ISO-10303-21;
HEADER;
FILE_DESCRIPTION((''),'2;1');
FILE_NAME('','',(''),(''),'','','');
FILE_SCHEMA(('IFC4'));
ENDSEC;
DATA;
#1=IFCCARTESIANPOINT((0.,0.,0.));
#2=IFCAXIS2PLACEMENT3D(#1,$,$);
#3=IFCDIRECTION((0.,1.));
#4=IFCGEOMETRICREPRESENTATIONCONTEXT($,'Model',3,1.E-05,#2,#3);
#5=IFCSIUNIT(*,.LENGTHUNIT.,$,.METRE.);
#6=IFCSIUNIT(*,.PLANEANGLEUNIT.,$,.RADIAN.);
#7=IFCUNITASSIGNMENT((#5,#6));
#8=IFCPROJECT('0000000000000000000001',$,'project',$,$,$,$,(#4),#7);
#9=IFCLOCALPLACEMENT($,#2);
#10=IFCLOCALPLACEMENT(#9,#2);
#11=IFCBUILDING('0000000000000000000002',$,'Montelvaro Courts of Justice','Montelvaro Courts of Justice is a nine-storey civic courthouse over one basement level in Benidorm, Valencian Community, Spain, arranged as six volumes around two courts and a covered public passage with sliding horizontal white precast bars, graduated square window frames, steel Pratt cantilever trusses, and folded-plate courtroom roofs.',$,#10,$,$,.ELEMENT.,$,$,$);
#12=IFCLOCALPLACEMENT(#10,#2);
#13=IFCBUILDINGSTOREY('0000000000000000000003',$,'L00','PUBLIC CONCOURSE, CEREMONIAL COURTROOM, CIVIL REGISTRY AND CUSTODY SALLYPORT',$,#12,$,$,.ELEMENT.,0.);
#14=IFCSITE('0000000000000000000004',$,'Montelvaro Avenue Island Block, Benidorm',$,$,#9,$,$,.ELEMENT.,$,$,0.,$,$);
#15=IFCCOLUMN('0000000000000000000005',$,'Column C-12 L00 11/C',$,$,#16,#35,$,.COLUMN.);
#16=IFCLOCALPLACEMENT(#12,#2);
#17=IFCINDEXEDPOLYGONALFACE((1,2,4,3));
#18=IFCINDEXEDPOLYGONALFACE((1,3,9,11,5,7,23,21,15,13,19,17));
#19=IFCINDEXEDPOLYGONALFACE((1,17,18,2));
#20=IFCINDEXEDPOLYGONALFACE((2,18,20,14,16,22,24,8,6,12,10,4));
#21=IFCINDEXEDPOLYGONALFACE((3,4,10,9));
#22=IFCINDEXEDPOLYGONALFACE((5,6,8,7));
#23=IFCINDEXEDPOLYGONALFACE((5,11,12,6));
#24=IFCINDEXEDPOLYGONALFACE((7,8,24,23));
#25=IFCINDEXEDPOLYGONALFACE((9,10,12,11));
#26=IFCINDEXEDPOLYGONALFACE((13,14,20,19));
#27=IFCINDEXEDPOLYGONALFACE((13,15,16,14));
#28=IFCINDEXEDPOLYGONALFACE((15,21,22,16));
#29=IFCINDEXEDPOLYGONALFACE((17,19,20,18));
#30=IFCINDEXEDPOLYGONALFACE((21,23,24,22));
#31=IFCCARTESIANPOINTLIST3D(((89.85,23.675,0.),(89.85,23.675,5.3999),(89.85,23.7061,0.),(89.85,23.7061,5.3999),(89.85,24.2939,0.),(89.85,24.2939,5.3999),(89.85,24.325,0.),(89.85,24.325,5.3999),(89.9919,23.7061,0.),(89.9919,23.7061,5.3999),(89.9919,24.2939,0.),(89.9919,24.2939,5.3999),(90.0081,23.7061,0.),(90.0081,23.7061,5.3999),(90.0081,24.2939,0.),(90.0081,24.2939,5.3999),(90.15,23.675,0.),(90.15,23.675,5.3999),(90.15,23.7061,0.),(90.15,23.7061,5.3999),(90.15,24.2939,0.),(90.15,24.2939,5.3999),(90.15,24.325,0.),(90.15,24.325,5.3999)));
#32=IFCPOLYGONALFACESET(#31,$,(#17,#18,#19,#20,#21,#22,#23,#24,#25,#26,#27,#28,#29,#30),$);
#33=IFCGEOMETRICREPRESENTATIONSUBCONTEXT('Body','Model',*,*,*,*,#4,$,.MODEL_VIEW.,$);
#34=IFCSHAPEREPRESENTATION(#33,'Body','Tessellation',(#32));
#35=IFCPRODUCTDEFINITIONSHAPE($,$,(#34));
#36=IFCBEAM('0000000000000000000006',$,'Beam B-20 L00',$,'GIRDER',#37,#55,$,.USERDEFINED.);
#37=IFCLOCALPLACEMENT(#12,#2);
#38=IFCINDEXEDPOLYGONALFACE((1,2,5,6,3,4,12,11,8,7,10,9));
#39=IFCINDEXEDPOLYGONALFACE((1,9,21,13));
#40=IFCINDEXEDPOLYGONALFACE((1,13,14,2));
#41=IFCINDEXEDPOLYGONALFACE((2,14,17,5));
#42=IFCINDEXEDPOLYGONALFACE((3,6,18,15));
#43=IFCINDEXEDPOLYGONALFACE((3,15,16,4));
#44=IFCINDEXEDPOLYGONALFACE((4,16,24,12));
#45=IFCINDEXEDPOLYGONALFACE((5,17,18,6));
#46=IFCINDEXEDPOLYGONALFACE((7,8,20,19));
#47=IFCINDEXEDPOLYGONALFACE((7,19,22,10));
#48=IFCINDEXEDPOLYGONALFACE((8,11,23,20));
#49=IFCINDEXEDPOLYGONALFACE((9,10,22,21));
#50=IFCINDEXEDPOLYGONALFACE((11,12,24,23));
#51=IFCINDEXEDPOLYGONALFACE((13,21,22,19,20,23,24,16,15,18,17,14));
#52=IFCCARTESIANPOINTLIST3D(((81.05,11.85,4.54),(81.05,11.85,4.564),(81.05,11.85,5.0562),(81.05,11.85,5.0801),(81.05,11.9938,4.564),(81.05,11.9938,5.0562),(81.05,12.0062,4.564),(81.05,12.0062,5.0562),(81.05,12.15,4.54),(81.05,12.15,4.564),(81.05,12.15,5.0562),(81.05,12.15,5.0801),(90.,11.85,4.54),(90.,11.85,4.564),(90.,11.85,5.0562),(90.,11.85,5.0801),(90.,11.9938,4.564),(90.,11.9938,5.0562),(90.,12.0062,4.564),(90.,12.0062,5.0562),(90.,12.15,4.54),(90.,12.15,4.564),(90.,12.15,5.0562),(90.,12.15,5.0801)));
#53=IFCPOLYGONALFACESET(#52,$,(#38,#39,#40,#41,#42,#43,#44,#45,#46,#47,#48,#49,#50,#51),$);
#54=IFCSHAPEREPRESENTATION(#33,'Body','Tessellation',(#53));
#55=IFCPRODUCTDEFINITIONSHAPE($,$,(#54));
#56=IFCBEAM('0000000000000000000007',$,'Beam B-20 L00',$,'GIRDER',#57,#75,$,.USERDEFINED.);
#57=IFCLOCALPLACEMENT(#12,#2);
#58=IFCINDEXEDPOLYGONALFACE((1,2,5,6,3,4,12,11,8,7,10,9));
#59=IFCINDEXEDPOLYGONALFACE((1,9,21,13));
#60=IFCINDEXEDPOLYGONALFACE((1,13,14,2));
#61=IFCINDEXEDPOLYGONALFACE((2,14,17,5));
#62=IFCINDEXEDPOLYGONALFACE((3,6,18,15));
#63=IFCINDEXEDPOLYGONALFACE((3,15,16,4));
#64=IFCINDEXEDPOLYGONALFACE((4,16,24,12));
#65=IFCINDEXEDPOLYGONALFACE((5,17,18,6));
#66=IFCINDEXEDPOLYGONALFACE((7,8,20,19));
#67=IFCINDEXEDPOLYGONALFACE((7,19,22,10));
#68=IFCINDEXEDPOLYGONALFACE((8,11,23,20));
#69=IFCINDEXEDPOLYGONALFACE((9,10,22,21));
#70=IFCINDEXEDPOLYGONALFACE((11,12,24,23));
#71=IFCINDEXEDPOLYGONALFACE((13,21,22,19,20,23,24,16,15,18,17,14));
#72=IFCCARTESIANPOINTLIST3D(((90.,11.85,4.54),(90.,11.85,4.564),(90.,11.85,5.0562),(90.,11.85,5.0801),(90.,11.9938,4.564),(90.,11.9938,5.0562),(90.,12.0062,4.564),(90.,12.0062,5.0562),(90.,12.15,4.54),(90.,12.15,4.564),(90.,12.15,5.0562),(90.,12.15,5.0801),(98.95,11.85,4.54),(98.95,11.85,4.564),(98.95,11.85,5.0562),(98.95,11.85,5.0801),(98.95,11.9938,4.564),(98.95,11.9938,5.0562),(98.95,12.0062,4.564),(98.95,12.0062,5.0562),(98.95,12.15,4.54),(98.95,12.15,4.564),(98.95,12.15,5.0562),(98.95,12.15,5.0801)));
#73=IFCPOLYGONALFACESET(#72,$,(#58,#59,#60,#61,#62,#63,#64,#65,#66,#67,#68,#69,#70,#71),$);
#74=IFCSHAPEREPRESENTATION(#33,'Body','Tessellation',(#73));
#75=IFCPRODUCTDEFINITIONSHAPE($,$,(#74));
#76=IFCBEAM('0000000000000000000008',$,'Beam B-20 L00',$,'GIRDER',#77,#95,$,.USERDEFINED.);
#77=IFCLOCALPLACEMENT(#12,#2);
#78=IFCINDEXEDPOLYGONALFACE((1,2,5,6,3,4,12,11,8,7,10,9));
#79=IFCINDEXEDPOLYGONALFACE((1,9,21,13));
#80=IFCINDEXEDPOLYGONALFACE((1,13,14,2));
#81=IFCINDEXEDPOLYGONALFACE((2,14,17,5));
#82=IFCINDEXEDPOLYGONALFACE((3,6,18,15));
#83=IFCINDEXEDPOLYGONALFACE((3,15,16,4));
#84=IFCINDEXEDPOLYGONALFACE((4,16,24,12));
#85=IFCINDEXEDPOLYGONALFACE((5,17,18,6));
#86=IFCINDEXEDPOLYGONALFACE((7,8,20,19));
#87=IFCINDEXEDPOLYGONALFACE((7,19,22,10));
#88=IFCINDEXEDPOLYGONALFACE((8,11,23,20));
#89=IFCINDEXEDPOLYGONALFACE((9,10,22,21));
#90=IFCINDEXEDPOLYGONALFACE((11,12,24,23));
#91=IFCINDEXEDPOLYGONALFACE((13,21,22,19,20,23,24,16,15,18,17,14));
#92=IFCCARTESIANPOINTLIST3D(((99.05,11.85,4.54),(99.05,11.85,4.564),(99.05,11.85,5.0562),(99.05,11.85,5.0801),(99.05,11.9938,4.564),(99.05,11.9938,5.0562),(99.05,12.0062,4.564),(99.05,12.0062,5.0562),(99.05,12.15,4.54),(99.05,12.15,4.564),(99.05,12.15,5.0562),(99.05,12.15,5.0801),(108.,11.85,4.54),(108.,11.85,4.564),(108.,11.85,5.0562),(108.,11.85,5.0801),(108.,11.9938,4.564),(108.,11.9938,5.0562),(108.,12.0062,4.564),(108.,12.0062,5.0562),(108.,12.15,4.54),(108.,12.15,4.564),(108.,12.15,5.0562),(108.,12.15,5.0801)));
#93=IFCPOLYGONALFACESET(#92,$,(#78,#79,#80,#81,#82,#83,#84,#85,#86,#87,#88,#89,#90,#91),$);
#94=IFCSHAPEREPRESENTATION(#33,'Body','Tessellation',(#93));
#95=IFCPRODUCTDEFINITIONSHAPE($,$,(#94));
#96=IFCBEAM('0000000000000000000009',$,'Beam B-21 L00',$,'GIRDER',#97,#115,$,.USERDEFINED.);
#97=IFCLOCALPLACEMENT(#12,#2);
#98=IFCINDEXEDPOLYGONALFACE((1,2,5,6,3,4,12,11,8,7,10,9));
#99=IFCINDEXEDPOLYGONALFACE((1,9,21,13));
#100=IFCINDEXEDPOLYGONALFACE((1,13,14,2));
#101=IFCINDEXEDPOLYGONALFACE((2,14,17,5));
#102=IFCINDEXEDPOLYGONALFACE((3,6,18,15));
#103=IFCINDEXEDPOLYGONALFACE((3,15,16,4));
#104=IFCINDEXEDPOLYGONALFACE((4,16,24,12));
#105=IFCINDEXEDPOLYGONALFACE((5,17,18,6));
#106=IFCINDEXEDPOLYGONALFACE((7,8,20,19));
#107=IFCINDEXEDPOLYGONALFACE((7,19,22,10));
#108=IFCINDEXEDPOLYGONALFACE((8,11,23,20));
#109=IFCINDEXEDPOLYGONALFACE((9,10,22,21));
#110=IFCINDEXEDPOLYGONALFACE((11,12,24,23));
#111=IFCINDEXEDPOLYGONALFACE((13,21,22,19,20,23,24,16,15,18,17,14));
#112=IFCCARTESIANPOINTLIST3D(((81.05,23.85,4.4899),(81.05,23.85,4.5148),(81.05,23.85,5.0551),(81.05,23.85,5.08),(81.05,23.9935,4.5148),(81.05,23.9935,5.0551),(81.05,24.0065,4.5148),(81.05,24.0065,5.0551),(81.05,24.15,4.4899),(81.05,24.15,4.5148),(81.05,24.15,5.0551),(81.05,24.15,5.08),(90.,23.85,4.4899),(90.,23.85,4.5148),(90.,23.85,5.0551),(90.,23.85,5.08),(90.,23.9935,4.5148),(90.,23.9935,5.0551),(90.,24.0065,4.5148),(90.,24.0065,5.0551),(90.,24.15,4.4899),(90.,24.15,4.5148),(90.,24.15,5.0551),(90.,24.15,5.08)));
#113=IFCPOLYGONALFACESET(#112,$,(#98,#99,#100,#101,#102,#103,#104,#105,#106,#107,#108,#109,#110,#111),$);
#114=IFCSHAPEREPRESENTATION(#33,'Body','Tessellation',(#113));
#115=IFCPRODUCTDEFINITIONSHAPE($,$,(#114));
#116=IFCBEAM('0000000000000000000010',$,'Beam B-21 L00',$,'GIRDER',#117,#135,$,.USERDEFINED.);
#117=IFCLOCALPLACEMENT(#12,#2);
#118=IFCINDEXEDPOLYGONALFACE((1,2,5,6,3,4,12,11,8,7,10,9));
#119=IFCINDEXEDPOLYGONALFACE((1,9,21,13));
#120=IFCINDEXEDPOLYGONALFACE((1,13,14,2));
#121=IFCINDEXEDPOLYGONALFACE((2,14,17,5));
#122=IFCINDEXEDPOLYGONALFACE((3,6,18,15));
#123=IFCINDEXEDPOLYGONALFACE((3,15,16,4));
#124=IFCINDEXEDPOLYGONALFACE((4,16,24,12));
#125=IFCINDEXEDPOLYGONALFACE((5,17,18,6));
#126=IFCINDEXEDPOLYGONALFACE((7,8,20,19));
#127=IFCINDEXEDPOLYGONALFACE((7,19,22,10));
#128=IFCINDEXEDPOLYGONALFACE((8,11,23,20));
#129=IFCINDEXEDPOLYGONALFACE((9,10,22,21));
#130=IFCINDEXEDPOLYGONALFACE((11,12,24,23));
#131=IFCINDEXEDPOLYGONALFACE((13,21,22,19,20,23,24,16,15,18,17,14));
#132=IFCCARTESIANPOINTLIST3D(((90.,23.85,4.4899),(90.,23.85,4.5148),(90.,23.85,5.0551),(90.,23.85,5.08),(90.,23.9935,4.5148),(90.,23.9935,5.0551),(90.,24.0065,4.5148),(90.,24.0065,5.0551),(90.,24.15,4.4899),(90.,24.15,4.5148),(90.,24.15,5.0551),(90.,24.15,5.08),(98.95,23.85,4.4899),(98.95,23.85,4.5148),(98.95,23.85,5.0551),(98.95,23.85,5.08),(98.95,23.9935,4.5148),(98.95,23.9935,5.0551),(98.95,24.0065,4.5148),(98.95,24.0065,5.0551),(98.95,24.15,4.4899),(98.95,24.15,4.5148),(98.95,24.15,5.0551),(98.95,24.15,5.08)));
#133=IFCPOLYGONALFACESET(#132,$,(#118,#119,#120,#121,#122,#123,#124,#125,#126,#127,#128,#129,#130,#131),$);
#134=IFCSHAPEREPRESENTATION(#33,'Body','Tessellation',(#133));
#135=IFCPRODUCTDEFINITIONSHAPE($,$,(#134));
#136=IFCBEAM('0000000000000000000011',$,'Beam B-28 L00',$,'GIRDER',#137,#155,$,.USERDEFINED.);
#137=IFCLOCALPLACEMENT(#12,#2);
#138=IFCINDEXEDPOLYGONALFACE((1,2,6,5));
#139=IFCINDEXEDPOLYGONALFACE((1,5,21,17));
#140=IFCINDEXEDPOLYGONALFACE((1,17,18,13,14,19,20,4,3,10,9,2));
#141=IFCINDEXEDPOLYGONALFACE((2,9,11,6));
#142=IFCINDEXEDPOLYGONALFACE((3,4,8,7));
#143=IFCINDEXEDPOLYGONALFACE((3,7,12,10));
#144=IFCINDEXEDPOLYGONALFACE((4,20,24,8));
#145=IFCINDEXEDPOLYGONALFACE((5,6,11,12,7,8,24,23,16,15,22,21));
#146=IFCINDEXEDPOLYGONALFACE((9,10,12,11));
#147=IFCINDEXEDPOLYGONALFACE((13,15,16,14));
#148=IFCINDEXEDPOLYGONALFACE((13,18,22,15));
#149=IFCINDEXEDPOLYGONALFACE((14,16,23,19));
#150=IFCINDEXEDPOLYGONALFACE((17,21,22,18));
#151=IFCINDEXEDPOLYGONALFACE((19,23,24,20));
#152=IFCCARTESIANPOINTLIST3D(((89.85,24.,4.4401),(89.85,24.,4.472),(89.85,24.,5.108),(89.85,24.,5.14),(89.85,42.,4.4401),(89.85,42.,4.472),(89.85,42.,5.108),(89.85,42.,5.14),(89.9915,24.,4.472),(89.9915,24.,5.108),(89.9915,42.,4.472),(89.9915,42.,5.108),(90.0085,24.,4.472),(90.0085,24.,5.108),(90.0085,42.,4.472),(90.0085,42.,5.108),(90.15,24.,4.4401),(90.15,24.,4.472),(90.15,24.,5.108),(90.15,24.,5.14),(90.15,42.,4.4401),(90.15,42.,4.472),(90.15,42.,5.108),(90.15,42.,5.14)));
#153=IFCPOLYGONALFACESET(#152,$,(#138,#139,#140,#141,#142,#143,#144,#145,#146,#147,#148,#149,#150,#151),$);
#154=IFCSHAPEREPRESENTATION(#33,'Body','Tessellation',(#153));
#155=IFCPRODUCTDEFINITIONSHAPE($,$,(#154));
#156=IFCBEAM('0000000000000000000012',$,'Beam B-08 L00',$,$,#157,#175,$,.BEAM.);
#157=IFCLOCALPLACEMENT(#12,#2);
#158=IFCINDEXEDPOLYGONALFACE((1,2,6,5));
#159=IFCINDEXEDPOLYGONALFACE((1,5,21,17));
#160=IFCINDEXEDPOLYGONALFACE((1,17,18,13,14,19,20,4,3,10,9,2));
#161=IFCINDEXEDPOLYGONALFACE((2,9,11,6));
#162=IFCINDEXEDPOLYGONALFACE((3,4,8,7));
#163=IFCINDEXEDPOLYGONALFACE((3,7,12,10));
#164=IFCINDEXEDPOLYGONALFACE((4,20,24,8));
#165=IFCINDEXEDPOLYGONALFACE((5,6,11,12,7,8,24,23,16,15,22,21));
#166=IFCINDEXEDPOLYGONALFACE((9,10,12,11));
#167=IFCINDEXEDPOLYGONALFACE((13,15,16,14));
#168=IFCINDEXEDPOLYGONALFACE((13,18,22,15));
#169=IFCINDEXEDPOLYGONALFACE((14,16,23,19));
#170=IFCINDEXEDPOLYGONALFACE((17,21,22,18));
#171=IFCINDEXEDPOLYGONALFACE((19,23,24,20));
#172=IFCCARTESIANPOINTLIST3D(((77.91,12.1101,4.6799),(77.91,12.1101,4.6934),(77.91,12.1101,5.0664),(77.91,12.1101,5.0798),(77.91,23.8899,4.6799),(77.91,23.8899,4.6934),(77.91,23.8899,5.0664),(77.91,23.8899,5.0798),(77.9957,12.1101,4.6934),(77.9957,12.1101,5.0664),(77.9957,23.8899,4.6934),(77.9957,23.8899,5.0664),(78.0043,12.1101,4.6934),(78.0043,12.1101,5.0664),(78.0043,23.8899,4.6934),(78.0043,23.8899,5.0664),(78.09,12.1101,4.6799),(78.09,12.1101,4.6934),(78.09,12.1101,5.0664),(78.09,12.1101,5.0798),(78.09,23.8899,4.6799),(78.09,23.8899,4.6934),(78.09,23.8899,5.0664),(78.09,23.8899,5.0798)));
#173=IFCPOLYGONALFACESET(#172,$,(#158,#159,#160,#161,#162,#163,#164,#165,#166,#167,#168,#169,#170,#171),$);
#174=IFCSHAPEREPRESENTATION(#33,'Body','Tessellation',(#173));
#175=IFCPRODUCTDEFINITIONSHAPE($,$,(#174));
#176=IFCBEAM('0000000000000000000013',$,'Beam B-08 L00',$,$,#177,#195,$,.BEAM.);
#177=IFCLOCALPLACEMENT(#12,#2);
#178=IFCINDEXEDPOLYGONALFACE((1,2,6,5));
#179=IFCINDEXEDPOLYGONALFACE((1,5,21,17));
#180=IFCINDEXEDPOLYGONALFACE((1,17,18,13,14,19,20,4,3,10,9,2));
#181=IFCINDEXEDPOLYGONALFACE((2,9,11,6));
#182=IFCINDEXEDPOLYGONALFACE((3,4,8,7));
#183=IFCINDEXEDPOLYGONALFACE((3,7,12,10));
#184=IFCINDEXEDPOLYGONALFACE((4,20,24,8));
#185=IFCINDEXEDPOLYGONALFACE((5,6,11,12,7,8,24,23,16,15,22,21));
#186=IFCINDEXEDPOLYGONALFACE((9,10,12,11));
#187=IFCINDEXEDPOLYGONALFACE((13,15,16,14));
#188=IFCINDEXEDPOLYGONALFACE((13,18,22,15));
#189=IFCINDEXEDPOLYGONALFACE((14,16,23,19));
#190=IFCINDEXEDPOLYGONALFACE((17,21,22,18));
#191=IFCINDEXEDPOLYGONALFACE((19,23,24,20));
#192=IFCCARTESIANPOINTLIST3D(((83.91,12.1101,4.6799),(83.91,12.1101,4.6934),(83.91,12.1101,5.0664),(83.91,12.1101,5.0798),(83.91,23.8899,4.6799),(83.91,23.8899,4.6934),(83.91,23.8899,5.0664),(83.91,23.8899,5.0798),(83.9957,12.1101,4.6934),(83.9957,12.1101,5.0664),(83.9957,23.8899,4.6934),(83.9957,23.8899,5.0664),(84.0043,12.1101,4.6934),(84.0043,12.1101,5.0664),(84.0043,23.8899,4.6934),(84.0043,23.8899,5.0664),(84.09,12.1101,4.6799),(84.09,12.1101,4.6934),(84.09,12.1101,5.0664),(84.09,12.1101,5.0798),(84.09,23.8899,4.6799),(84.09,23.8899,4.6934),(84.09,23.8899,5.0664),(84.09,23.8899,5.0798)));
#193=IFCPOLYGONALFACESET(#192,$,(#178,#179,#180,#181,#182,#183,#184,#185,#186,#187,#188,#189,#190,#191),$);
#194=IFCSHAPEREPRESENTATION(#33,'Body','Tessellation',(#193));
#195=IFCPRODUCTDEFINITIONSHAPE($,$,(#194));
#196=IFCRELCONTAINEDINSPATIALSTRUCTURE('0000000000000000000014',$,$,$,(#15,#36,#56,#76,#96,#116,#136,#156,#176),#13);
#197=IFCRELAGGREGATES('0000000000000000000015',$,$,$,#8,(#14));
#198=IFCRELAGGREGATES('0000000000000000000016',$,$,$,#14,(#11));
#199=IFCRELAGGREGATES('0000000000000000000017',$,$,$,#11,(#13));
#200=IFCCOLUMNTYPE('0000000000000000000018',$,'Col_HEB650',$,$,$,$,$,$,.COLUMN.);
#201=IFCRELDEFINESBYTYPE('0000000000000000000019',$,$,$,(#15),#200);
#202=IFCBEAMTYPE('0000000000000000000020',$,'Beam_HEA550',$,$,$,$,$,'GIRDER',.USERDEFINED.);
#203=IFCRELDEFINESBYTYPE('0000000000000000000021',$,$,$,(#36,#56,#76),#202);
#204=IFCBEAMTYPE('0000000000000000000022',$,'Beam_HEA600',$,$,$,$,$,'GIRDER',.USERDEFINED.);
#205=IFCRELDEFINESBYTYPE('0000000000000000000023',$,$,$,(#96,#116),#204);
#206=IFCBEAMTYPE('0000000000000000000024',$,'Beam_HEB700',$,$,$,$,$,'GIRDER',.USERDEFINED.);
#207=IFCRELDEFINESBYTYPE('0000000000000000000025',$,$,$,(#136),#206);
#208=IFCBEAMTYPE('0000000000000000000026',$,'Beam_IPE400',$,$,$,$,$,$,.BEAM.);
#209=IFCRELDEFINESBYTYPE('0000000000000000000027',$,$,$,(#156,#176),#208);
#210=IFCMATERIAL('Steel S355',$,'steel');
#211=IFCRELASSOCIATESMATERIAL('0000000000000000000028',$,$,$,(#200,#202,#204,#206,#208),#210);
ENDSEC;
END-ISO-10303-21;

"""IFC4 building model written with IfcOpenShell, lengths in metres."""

from ifc_helpers import new_model, si_unit, direction, frame, origin, origin_2d, place, context, subcontext, project, spatial, i_section, extrude, material, material_profile, profile_set, type_object, element, save


model = new_model("IFC4")

# Units and contexts
model_context = context("Model", 3, precision=1e-05, world=origin(), true_north=direction((0.0, 1.0)))
body_context = subcontext(model_context, "Body", "Model", "MODEL_VIEW")
ifc_project = project(units=[si_unit("LENGTHUNIT", "METRE"), si_unit("PLANEANGLEUNIT", "RADIAN")], contexts=[model_context])

# Site, building, storey
site_placement = place(None, origin())
site = spatial("IfcSite", under=ifc_project, at=site_placement, Name="Montelvaro Avenue Island Block, Benidorm", CompositionType="ELEMENT", RefElevation=0.0)
building_placement = place(site_placement, origin())
building = spatial("IfcBuilding", under=site, at=building_placement, Name="Montelvaro Courts of Justice", Description="Montelvaro Courts of Justice is a nine-storey civic courthouse over one basement level in Benidorm, Valencian Community, Spain, arranged as six volumes around two courts and a covered public passage with sliding horizontal white precast bars, graduated square window frames, steel Pratt cantilever trusses, and folded-plate courtroom roofs.", CompositionType="ELEMENT")
storey_placement = place(building_placement, origin())
storey = spatial("IfcBuildingStorey", under=building, at=storey_placement, Name="L00", Description="PUBLIC CONCOURSE, CEREMONIAL COURTROOM, CIVIL REGISTRY AND CUSTODY SALLYPORT", CompositionType="ELEMENT", Elevation=0.0)

# Column
ifc_material_1 = material(Name="Steel S355", Category="steel")
ifc_material_profile_1 = material_profile(ifc_material_1, i_section(OverallWidth=0.3, OverallDepth=0.6499, WebThickness=0.0161, FlangeThickness=0.031, at=origin_2d()), Name="HEB 650")
ifc_profile_set_1 = profile_set([ifc_material_profile_1], Name="Steel S355")
column_type_1 = type_object("IfcColumnType", Name="Col_HEB650", PredefinedType="COLUMN", material=ifc_profile_set_1)
column_1_placement = place(storey_placement, frame((90.0, 24.0, 0.0), z_axis=(0.0, 0.0, 1.0), x_axis=(1.0, 0.0, 0.0)))
element("IfcColumn", 1, at=column_1_placement, inside=storey, type_object=column_type_1, Name="Column C-12 L00 11/C", PredefinedType="COLUMN", context=body_context, shape_type="SweptSolid", body=[
    extrude(i_section(OverallWidth=0.3, OverallDepth=0.6499, WebThickness=0.0161, FlangeThickness=0.031, at=origin_2d()), origin(), (0.0, 0.0, 1.0), 5.3999),
])

# Beams
ifc_material_profile_2 = material_profile(ifc_material_1, i_section(OverallWidth=0.3, OverallDepth=0.54, WebThickness=0.0125, FlangeThickness=0.0239, at=origin_2d()), Name="HEA 550")
ifc_profile_set_2 = profile_set([ifc_material_profile_2], Name="Steel S355")
beam_type_1 = type_object("IfcBeamType", Name="Beam_HEA550", ElementType="GIRDER", PredefinedType="USERDEFINED", material=ifc_profile_set_2)
for number, where, z_axis, x_axis, name in (
    (2, (81.05, 12.0, 4.8101), (1.0, 0.0, 0.0), (0.0, 1.0, 0.0), "Beam B-20 L00"),
    (3, (90.0, 12.0, 4.8101), (1.0, 0.0, 0.0), (0.0, 1.0, 0.0), "Beam B-20 L00"),
    (4, (99.05, 12.0, 4.8101), (1.0, 0.0, 0.0), (0.0, 1.0, 0.0), "Beam B-20 L00"),
):
    element("IfcBeam", number, at=place(storey_placement, frame(where, z_axis=z_axis, x_axis=x_axis)), inside=storey, type_object=beam_type_1, Name=name, ObjectType="GIRDER", PredefinedType="USERDEFINED", context=body_context, shape_type="SweptSolid", body=[
        extrude(i_section(OverallWidth=0.3, OverallDepth=0.54, WebThickness=0.0125, FlangeThickness=0.0239, at=origin_2d()), origin(), (0.0, 0.0, 1.0), 8.95),
    ])
ifc_material_profile_3 = material_profile(ifc_material_1, i_section(OverallWidth=0.3, OverallDepth=0.5901, WebThickness=0.0129, FlangeThickness=0.0249, at=origin_2d()), Name="HEA 600")
ifc_profile_set_3 = profile_set([ifc_material_profile_3], Name="Steel S355")
beam_type_2 = type_object("IfcBeamType", Name="Beam_HEA600", ElementType="GIRDER", PredefinedType="USERDEFINED", material=ifc_profile_set_3)
for number, where, z_axis, x_axis, name in (
    (5, (81.05, 24.0, 4.7849), (1.0, 0.0, 0.0), (0.0, 1.0, 0.0), "Beam B-21 L00"),
    (6, (90.0, 24.0, 4.7849), (1.0, 0.0, 0.0), (0.0, 1.0, 0.0), "Beam B-21 L00"),
):
    element("IfcBeam", number, at=place(storey_placement, frame(where, z_axis=z_axis, x_axis=x_axis)), inside=storey, type_object=beam_type_2, Name=name, ObjectType="GIRDER", PredefinedType="USERDEFINED", context=body_context, shape_type="SweptSolid", body=[
        extrude(i_section(OverallWidth=0.3, OverallDepth=0.5901, WebThickness=0.0129, FlangeThickness=0.0249, at=origin_2d()), origin(), (0.0, 0.0, 1.0), 8.95),
    ])
ifc_material_profile_4 = material_profile(ifc_material_1, i_section(OverallWidth=0.3, OverallDepth=0.7, WebThickness=0.0171, FlangeThickness=0.032, at=origin_2d()), Name="HEB 700")
ifc_profile_set_4 = profile_set([ifc_material_profile_4], Name="Steel S355")
beam_type_3 = type_object("IfcBeamType", Name="Beam_HEB700", ElementType="GIRDER", PredefinedType="USERDEFINED", material=ifc_profile_set_4)
beam_1_placement = place(storey_placement, frame((90.0, 24.0, 4.79), z_axis=(0.0, 1.0, 0.0), x_axis=(-1.0, 0.0, 0.0)))
element("IfcBeam", 7, at=beam_1_placement, inside=storey, type_object=beam_type_3, Name="Beam B-28 L00", ObjectType="GIRDER", PredefinedType="USERDEFINED", context=body_context, shape_type="SweptSolid", body=[
    extrude(i_section(OverallWidth=0.3, OverallDepth=0.7, WebThickness=0.0171, FlangeThickness=0.032, at=origin_2d()), origin(), (0.0, 0.0, 1.0), 18.0),
])
ifc_material_profile_5 = material_profile(ifc_material_1, i_section(OverallWidth=0.1799, OverallDepth=0.3999, WebThickness=0.0085, FlangeThickness=0.0134, at=origin_2d()), Name="IPE 400")
ifc_profile_set_5 = profile_set([ifc_material_profile_5], Name="Steel S355")
beam_type_4 = type_object("IfcBeamType", Name="Beam_IPE400", PredefinedType="BEAM", material=ifc_profile_set_5)
for number, where, z_axis, x_axis, name in (
    (8, (78.0, 12.1101, 4.8799), (0.0, 1.0, 0.0), (-1.0, 0.0, 0.0), "Beam B-08 L00"),
    (9, (84.0, 12.1101, 4.8799), (0.0, 1.0, 0.0), (-1.0, 0.0, 0.0), "Beam B-08 L00"),
):
    element("IfcBeam", number, at=place(storey_placement, frame(where, z_axis=z_axis, x_axis=x_axis)), inside=storey, type_object=beam_type_4, Name=name, PredefinedType="BEAM", context=body_context, shape_type="SweptSolid", body=[
        extrude(i_section(OverallWidth=0.1799, OverallDepth=0.3999, WebThickness=0.0085, FlangeThickness=0.0134, at=origin_2d()), origin(), (0.0, 0.0, 1.0), 11.7798),
    ])

save(model, "model.ifc")
